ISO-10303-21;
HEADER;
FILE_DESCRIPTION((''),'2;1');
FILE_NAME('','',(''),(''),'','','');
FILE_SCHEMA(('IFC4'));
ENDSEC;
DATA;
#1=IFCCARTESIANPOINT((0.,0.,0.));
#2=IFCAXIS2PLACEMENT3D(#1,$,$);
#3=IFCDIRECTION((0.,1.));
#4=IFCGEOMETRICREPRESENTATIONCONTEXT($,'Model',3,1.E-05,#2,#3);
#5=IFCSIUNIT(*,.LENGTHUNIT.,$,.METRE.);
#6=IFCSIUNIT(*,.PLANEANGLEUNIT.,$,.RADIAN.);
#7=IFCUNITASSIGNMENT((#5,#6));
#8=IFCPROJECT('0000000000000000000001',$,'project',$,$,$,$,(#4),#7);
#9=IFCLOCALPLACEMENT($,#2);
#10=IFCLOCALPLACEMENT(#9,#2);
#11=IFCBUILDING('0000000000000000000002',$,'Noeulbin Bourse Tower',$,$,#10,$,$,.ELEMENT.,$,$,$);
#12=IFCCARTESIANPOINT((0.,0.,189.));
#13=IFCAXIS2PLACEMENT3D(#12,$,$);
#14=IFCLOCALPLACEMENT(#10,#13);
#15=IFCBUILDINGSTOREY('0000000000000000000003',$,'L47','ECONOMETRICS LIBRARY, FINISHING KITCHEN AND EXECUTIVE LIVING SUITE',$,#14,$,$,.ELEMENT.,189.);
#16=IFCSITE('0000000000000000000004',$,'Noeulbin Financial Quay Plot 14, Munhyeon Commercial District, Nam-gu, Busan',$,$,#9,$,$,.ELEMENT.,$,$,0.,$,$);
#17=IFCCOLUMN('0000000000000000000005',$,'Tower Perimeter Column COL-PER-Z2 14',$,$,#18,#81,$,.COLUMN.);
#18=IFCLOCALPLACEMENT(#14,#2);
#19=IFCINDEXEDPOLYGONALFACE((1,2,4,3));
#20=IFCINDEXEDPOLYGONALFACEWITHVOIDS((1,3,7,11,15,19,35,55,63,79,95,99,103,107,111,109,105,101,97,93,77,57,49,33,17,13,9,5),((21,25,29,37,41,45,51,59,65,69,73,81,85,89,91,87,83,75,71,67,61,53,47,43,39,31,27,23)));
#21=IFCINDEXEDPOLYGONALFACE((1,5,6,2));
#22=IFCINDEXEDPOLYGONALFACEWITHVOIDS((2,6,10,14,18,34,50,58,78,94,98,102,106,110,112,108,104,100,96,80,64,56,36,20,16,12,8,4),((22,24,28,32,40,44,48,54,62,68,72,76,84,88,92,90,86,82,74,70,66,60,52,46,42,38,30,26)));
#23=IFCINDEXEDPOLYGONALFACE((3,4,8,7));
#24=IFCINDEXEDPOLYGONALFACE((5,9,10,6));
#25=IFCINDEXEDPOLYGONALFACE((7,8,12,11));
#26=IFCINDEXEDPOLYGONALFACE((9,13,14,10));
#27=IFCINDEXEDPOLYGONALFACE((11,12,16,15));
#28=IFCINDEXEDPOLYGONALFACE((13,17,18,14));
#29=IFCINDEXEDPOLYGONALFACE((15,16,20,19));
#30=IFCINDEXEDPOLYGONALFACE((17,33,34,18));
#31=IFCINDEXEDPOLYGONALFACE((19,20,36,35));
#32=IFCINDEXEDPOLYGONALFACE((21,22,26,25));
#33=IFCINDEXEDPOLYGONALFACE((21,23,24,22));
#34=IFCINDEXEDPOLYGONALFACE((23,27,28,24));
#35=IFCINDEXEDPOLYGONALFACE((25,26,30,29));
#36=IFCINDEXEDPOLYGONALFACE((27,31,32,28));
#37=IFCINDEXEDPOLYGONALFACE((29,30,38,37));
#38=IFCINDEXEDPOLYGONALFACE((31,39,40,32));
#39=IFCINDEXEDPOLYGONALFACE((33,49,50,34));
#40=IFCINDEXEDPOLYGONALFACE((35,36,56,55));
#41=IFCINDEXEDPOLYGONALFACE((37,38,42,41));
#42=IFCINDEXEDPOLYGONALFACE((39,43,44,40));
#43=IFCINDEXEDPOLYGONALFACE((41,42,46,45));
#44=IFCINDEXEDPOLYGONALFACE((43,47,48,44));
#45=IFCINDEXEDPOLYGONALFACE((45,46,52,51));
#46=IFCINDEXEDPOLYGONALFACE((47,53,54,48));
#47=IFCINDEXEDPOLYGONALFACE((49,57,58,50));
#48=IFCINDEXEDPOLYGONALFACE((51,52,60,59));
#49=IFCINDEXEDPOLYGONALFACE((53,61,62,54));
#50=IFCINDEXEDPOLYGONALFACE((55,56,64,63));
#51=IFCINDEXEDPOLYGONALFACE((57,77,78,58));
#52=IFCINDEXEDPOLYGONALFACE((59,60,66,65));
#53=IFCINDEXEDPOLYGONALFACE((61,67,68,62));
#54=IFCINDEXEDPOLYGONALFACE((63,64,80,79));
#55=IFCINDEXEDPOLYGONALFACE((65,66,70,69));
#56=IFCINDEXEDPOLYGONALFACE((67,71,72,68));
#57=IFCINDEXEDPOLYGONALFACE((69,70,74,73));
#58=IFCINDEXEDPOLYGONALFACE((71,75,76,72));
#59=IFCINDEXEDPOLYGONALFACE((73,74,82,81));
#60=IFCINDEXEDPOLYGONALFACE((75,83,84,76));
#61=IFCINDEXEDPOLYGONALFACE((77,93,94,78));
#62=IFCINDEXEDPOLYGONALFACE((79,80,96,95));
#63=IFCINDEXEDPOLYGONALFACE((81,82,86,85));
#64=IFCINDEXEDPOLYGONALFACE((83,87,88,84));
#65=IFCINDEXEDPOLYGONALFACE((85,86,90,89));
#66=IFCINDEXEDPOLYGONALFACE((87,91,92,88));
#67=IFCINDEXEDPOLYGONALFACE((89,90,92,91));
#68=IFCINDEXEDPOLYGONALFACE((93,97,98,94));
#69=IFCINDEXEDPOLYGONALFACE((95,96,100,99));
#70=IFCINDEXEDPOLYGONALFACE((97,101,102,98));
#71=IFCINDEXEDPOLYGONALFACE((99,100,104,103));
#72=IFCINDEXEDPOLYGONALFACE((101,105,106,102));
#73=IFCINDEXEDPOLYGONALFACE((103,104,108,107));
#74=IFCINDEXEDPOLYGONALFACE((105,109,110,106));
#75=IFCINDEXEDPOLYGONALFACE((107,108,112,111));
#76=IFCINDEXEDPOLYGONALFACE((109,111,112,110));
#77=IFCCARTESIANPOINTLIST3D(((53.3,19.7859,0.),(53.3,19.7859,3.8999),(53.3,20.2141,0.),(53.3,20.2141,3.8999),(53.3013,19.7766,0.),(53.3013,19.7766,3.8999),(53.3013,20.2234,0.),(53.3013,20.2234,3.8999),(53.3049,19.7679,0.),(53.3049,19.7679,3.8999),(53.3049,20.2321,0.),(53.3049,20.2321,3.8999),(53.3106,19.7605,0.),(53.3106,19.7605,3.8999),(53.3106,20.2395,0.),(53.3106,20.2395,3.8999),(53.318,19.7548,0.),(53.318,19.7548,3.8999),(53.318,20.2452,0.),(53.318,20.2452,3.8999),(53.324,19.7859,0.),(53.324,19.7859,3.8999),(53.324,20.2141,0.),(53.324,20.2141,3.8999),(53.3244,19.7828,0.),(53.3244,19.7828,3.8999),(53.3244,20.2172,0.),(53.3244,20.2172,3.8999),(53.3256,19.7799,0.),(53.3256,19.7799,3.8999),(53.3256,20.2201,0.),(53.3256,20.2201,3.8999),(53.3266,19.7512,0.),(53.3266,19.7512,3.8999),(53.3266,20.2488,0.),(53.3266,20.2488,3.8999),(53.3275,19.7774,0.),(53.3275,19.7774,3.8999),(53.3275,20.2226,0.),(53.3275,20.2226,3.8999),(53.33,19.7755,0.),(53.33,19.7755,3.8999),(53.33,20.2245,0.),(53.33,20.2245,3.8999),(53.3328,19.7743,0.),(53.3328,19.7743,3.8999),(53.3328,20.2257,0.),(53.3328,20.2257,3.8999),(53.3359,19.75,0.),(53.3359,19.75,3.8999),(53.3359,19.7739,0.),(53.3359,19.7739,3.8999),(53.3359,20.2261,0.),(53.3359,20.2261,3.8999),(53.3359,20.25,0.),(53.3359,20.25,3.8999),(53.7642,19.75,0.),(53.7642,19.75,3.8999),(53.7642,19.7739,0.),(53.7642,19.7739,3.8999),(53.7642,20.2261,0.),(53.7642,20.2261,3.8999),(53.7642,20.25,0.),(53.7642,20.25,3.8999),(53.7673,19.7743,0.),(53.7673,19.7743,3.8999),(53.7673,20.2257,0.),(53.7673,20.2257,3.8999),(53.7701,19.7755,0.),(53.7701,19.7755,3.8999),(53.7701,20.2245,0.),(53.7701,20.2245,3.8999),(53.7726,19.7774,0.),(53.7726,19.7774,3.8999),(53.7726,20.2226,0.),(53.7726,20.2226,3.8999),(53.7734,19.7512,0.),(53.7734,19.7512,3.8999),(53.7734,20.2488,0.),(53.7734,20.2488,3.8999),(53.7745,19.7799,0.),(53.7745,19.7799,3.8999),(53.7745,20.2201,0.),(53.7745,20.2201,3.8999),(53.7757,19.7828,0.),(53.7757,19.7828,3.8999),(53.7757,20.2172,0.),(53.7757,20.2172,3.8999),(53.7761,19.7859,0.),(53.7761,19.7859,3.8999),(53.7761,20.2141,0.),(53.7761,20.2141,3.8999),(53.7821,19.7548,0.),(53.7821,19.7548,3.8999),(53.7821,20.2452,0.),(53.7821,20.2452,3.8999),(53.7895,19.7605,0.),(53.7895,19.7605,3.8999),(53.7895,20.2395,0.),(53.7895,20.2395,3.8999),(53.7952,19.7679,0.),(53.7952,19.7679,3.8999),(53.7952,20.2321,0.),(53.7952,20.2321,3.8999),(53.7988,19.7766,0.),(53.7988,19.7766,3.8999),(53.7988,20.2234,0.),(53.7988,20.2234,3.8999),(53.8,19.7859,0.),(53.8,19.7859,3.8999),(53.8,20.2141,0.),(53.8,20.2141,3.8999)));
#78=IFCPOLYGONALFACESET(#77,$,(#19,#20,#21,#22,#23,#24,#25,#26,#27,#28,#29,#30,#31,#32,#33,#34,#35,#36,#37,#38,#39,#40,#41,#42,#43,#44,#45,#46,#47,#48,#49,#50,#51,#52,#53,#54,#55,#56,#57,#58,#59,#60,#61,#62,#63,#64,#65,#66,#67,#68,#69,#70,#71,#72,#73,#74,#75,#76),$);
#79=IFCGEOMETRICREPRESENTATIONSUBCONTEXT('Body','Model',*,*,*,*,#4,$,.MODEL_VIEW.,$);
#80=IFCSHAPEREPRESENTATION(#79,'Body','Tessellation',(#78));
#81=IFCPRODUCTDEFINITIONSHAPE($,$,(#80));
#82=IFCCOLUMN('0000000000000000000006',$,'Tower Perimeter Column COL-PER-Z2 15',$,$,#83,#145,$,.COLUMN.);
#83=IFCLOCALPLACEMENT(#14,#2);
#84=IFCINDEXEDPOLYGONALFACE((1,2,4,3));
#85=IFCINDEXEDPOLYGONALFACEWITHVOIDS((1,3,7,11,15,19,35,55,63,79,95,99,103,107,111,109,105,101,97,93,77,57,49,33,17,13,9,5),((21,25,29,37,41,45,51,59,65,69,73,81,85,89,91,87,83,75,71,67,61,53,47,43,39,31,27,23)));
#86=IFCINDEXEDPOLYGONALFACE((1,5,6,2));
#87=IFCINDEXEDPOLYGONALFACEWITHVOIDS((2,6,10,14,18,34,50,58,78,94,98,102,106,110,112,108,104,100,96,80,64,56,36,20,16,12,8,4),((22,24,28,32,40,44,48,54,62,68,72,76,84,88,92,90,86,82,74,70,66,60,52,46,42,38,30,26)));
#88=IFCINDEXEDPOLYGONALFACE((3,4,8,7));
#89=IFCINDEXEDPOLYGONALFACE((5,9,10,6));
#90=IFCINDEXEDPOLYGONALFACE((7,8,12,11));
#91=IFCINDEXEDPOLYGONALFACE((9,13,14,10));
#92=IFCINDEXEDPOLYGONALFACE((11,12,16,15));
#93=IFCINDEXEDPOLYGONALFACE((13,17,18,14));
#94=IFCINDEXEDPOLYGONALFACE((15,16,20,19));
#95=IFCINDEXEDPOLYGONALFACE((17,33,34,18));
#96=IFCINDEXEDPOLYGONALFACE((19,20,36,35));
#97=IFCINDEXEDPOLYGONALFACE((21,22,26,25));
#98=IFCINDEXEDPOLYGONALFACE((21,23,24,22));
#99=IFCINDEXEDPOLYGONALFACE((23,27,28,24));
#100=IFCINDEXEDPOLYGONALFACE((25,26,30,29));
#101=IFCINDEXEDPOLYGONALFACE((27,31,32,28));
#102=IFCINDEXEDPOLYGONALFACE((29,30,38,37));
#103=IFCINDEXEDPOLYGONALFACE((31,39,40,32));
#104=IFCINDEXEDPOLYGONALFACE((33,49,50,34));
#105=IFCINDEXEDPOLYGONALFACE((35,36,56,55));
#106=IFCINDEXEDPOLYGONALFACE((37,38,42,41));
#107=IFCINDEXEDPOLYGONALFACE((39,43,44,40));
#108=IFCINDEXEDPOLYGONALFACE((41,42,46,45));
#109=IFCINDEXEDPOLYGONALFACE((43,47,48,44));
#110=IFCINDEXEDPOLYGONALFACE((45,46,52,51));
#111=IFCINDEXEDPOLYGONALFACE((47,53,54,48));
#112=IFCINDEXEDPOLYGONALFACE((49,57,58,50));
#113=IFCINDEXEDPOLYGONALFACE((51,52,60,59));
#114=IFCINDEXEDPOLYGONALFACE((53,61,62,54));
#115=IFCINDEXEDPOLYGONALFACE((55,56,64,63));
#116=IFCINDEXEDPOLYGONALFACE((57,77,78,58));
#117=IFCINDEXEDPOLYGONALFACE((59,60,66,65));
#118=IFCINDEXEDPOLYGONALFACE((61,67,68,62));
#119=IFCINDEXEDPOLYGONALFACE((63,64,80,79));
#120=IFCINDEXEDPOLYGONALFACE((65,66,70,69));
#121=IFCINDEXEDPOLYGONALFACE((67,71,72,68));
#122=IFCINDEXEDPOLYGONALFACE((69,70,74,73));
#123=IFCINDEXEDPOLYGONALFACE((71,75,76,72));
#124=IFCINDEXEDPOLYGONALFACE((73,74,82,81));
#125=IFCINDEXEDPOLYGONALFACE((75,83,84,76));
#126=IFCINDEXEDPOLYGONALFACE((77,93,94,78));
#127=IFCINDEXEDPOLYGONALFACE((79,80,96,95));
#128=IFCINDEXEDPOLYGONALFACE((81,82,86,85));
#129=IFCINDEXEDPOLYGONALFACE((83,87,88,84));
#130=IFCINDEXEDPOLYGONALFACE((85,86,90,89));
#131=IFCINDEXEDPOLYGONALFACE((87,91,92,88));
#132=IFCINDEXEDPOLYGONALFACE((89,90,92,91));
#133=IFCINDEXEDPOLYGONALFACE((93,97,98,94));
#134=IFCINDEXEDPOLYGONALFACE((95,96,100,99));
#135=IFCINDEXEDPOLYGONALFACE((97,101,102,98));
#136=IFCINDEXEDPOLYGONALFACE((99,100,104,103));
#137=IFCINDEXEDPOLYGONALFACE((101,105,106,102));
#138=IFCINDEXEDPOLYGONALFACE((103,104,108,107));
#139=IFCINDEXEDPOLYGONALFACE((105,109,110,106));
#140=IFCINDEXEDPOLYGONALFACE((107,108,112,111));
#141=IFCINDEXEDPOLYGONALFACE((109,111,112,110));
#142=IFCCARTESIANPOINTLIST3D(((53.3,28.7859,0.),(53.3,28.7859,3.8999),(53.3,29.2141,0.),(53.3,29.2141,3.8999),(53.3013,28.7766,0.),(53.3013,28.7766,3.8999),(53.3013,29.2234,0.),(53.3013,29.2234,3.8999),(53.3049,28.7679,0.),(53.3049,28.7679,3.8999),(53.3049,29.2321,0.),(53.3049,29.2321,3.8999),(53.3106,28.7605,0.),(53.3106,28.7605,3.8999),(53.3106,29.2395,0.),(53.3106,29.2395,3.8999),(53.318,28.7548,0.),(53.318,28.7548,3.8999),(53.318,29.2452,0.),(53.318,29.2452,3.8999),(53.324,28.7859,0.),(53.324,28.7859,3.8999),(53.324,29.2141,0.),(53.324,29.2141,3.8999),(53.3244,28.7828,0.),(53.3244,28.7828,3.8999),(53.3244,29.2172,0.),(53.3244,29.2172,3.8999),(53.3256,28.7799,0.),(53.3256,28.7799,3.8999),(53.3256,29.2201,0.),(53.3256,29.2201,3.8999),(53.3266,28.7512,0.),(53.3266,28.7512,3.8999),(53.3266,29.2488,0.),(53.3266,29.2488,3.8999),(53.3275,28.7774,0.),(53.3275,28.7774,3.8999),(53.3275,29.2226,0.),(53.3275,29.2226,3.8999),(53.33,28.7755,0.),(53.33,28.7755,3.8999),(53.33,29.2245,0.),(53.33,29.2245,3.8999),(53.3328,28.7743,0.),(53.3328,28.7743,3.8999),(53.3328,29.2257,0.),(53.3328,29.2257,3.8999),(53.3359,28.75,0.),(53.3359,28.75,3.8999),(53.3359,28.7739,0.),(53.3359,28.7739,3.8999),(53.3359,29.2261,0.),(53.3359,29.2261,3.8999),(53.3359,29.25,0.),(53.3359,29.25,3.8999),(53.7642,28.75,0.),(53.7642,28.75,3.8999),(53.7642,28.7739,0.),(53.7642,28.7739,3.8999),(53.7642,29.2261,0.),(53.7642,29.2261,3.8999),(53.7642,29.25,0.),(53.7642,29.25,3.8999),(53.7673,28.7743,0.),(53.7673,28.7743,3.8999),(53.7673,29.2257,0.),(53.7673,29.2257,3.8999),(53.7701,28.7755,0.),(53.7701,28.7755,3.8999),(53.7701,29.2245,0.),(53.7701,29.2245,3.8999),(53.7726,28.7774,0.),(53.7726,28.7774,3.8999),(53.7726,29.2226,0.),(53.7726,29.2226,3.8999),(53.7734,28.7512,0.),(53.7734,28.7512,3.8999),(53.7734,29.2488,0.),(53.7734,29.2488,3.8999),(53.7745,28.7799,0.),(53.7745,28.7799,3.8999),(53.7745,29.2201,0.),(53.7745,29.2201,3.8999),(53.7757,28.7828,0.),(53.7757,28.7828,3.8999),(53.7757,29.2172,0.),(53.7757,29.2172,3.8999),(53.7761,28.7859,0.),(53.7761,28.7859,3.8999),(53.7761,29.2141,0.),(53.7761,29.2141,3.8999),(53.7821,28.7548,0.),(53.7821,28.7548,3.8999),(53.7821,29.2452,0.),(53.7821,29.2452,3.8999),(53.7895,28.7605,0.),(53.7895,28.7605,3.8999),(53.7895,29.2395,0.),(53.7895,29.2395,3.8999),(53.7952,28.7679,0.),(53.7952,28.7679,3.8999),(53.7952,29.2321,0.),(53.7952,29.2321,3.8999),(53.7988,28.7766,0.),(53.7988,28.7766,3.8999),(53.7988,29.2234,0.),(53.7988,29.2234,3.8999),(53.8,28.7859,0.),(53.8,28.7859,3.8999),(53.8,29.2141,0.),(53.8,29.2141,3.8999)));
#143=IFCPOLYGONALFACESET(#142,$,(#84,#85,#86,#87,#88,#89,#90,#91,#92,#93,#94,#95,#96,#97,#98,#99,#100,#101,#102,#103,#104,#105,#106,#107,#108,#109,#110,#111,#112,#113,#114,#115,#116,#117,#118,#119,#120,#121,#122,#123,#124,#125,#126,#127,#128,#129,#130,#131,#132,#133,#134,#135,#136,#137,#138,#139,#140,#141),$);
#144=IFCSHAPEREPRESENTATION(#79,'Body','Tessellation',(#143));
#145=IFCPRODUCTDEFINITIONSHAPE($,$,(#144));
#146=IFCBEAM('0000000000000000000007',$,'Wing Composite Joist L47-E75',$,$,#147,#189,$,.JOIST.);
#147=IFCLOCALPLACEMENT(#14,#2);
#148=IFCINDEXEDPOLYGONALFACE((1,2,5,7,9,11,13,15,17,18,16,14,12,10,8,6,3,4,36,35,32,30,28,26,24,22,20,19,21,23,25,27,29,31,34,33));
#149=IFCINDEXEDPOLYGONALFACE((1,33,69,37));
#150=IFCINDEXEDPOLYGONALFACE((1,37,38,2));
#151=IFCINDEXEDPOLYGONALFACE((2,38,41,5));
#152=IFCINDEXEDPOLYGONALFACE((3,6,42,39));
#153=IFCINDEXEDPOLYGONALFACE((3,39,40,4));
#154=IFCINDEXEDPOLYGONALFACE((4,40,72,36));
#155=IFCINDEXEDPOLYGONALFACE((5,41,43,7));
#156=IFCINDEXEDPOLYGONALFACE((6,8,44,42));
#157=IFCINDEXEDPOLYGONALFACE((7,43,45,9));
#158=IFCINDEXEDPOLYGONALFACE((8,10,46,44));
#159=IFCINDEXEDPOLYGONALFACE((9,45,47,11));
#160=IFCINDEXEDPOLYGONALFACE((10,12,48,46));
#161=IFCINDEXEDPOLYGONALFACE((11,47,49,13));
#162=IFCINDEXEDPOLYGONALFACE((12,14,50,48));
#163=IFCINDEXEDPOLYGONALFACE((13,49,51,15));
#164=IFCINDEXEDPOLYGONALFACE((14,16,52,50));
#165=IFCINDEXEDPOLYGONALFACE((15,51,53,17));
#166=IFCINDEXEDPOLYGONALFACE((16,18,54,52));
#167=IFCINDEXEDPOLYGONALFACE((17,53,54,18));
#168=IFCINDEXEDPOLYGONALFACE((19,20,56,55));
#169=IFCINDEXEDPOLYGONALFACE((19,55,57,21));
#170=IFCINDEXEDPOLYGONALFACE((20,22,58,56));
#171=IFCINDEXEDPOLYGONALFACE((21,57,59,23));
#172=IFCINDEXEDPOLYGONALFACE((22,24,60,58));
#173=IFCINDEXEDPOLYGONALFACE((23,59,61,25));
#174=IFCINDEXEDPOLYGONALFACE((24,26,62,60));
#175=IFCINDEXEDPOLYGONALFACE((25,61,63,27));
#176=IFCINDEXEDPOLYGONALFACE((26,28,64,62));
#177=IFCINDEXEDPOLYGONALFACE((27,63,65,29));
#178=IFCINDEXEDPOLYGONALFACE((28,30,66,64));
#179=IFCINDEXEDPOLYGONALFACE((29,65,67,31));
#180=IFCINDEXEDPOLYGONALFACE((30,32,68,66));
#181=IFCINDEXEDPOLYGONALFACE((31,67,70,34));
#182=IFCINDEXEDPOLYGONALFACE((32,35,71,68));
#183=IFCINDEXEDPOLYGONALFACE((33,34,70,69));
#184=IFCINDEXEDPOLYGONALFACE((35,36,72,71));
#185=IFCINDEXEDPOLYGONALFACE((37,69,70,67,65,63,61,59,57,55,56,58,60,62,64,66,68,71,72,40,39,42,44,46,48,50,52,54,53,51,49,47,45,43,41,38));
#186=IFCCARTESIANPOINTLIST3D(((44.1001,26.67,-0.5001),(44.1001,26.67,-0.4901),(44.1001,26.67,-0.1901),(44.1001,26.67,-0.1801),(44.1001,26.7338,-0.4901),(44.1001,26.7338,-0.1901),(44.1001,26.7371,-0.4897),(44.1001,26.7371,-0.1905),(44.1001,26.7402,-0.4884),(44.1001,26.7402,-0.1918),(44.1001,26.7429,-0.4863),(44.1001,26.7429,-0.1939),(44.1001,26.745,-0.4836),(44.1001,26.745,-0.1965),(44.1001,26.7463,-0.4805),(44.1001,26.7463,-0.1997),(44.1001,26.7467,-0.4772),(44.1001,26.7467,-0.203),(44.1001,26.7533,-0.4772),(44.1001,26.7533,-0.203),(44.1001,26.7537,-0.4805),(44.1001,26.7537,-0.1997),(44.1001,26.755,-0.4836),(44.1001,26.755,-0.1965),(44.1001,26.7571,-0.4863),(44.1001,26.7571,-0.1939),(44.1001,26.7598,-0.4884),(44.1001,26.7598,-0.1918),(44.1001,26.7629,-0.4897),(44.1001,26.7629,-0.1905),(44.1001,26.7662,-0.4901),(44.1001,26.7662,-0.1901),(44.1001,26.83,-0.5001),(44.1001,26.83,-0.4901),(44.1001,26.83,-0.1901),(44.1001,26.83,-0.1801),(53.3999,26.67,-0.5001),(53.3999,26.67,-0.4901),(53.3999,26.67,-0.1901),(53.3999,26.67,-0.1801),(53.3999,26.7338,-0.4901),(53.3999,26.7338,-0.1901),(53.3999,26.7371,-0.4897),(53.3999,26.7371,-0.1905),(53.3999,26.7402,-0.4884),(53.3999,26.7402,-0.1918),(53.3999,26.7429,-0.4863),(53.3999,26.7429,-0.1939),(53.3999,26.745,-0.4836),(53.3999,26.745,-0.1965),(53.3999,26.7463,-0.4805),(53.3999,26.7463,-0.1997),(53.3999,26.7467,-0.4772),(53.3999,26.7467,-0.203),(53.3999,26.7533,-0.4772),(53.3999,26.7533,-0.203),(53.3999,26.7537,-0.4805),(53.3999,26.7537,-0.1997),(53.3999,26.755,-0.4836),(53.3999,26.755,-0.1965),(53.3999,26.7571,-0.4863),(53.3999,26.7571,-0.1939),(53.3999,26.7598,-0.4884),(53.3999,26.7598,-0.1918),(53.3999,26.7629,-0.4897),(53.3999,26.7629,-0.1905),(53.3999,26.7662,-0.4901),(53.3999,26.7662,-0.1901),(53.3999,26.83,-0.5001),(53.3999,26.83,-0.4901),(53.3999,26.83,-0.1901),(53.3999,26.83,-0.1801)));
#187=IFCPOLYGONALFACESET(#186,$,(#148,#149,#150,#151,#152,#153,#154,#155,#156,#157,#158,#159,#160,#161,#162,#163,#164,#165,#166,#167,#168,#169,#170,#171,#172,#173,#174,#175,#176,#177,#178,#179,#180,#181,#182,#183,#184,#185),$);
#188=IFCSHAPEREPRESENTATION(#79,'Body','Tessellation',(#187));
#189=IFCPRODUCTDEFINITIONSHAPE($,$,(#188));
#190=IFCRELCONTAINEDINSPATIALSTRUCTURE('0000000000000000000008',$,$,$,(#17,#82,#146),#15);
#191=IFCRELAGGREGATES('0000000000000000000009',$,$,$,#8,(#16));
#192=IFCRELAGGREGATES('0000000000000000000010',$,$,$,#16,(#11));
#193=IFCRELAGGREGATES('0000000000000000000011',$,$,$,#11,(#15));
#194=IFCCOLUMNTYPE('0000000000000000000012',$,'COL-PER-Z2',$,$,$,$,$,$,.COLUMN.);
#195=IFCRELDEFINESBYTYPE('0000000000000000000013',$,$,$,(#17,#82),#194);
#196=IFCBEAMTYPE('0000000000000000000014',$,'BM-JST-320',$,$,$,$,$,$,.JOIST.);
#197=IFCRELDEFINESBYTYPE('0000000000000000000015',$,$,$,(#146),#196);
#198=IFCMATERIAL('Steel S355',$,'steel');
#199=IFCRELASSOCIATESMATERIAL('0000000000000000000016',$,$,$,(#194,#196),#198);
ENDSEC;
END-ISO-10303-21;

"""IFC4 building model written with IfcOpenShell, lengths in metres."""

from ifc_helpers import new_model, si_unit, direction, frame, origin, origin_2d, place, context, subcontext, project, spatial, hollow_rectangle, i_section, extrude, material, material_profile, profile_set, type_object, element, save


model = new_model("IFC4")

# Units and contexts
model_context = context("Model", 3, precision=1e-05, world=origin(), true_north=direction((0.0, 1.0)))
body_context = subcontext(model_context, "Body", "Model", "MODEL_VIEW")
ifc_project = project(units=[si_unit("LENGTHUNIT", "METRE"), si_unit("PLANEANGLEUNIT", "RADIAN")], contexts=[model_context])

# Site, building, storey
site_placement = place(None, origin())
site = spatial("IfcSite", under=ifc_project, at=site_placement, Name="Noeulbin Financial Quay Plot 14, Munhyeon Commercial District, Nam-gu, Busan", CompositionType="ELEMENT", RefElevation=0.0)
building_placement = place(site_placement, origin())
building = spatial("IfcBuilding", under=site, at=building_placement, Name="Noeulbin Bourse Tower", CompositionType="ELEMENT")
storey_placement = place(building_placement, frame((0.0, 0.0, 189.0)))
storey = spatial("IfcBuildingStorey", under=building, at=storey_placement, Name="L47", Description="ECONOMETRICS LIBRARY, FINISHING KITCHEN AND EXECUTIVE LIVING SUITE", CompositionType="ELEMENT", Elevation=189.0)

# Columns
ifc_material_1 = material(Name="Steel S355", Category="steel")
ifc_material_profile_1 = material_profile(ifc_material_1, hollow_rectangle(XDim=0.5, YDim=0.5, WallThickness=0.0239, InnerFilletRadius=0.012, OuterFilletRadius=0.0359, at=origin_2d()), Name="BOX-500x500x24", Category="LoadBearing")
ifc_profile_set_1 = profile_set([ifc_material_profile_1], Name="Steel S355")
column_type = type_object("IfcColumnType", Name="COL-PER-Z2", PredefinedType="COLUMN", material=ifc_profile_set_1)
for number, where, z_axis, x_axis, name in (
    (1, (53.55, 20.0, 0.0), (0.0, 0.0, 1.0), (1.0, 0.0, 0.0), "Tower Perimeter Column COL-PER-Z2 14"),
    (2, (53.55, 29.0, 0.0), (0.0, 0.0, 1.0), (1.0, 0.0, 0.0), "Tower Perimeter Column COL-PER-Z2 15"),
):
    element("IfcColumn", number, at=place(storey_placement, frame(where, z_axis=z_axis, x_axis=x_axis)), inside=storey, type_object=column_type, Name=name, PredefinedType="COLUMN", context=body_context, shape_type="SweptSolid", body=[
        extrude(hollow_rectangle(XDim=0.5, YDim=0.5, WallThickness=0.0239, InnerFilletRadius=0.012, OuterFilletRadius=0.0359, at=origin_2d()), origin(), (0.0, 0.0, 1.0), 3.8999),
    ])

# Beam
ifc_material_profile_2 = material_profile(ifc_material_1, i_section(OverallWidth=0.1599, OverallDepth=0.3201, WebThickness=0.0066, FlangeThickness=0.01, FilletRadius=0.0129, at=origin_2d()), Name="H-320x160x6.5x10", Category="LoadBearing")
ifc_profile_set_2 = profile_set([ifc_material_profile_2], Name="Steel S355")
beam_type_1 = type_object("IfcBeamType", Name="BM-JST-320", PredefinedType="JOIST", material=ifc_profile_set_2)
beam_1_placement = place(storey_placement, frame((44.1001, 26.75, -0.3401), z_axis=(1.0, 0.0, 0.0), x_axis=(0.0, 1.0, 0.0)))
element("IfcBeam", 3, at=beam_1_placement, inside=storey, type_object=beam_type_1, Name="Wing Composite Joist L47-E75", PredefinedType="JOIST", context=body_context, shape_type="SweptSolid", body=[
    extrude(i_section(OverallWidth=0.1599, OverallDepth=0.3201, WebThickness=0.0066, FlangeThickness=0.01, FilletRadius=0.0129, at=origin_2d()), origin(), (0.0, 0.0, 1.0), 9.2998),
])

save(model, "model.ifc")
